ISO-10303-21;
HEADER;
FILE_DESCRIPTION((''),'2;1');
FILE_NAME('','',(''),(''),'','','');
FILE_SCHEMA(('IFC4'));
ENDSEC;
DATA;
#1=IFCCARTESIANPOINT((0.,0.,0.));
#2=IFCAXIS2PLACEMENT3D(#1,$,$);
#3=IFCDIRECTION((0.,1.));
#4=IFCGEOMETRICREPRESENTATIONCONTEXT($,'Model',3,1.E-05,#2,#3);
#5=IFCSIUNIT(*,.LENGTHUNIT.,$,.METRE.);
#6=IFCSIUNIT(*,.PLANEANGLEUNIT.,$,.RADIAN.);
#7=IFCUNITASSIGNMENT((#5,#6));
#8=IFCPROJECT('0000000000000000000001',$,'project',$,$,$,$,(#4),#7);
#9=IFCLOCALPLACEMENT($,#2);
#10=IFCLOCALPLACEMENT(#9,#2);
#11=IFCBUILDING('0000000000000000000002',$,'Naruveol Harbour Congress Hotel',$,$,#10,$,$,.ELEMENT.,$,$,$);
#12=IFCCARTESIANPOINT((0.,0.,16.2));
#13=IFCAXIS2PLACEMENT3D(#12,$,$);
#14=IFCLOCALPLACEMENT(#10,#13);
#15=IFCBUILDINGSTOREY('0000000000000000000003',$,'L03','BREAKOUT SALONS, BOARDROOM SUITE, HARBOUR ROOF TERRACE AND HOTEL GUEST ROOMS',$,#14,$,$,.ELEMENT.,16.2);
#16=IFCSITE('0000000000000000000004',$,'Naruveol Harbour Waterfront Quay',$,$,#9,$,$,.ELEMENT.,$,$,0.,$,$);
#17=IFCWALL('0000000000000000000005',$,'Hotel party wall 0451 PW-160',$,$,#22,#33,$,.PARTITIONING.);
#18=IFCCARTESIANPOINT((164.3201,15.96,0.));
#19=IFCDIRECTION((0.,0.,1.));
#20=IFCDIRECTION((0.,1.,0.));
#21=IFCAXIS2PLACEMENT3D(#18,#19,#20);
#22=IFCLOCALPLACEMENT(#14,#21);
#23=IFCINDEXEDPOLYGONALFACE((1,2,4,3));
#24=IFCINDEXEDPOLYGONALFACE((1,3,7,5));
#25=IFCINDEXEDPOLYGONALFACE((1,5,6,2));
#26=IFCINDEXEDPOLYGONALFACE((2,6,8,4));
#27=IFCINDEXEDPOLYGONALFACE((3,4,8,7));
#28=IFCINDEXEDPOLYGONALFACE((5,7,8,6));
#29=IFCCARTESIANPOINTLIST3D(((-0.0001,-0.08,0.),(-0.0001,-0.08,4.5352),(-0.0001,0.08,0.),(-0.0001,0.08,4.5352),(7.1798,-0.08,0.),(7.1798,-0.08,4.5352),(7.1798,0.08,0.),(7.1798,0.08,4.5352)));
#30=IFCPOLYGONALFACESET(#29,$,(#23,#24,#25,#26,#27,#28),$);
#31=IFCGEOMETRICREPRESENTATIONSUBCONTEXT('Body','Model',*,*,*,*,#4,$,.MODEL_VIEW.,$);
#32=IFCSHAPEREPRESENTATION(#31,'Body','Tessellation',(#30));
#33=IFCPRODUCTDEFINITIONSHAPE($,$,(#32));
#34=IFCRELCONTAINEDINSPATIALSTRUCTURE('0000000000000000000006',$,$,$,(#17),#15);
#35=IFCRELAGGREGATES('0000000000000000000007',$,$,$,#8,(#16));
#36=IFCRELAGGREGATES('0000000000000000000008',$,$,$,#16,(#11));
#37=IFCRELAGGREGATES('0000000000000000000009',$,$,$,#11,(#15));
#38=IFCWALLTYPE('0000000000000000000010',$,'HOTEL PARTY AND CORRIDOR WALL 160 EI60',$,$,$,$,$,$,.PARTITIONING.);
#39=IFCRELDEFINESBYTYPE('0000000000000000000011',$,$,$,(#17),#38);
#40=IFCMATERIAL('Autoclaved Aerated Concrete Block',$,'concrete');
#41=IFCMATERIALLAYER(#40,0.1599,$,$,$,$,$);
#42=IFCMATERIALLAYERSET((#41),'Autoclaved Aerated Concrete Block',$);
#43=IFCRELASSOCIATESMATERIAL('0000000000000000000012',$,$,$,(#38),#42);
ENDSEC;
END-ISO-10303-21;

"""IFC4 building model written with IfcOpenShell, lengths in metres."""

from ifc_helpers import new_model, si_unit, direction, frame, frame_2d, origin, place, context, subcontext, project, spatial, rectangle, extrude, material, layer, layer_set, type_object, element, save


model = new_model("IFC4")

# Units and contexts
model_context = context("Model", 3, precision=1e-05, world=origin(), true_north=direction((0.0, 1.0)))
body_context = subcontext(model_context, "Body", "Model", "MODEL_VIEW")
ifc_project = project(units=[si_unit("LENGTHUNIT", "METRE"), si_unit("PLANEANGLEUNIT", "RADIAN")], contexts=[model_context])

# Site, building, storey
site_placement = place(None, origin())
site = spatial("IfcSite", under=ifc_project, at=site_placement, Name="Naruveol Harbour Waterfront Quay", CompositionType="ELEMENT", RefElevation=0.0)
building_placement = place(site_placement, origin())
building = spatial("IfcBuilding", under=site, at=building_placement, Name="Naruveol Harbour Congress Hotel", CompositionType="ELEMENT")
storey_placement = place(building_placement, frame((0.0, 0.0, 16.2)))
storey = spatial("IfcBuildingStorey", under=building, at=storey_placement, Name="L03", Description="BREAKOUT SALONS, BOARDROOM SUITE, HARBOUR ROOF TERRACE AND HOTEL GUEST ROOMS", CompositionType="ELEMENT", Elevation=16.2)

# Shared definitions
ifc_material_1 = material(Name="Autoclaved Aerated Concrete Block", Category="concrete")
ifc_layer_1 = layer(ifc_material_1, 0.1599)
ifc_layer_set_1 = layer_set([ifc_layer_1], Name="Autoclaved Aerated Concrete Block")
wall_type_1 = type_object("IfcWallType", Name="HOTEL PARTY AND CORRIDOR WALL 160 EI60", PredefinedType="PARTITIONING", material=ifc_layer_set_1)

# Wall
wall_1_placement = place(storey_placement, frame((164.3201, 15.96, 0.0), z_axis=(0.0, 0.0, 1.0), x_axis=(0.0, 1.0, 0.0)))
element("IfcWall", 1, at=wall_1_placement, inside=storey, type_object=wall_type_1, Name="Hotel party wall 0451 PW-160", PredefinedType="PARTITIONING", context=body_context, shape_type="SweptSolid", body=[
    extrude(rectangle(XDim=7.1799, YDim=0.1599, at=frame_2d((3.5898, 0.0))), origin(), (0.0, 0.0, 1.0), 4.5352),
])

save(model, "model.ifc")
